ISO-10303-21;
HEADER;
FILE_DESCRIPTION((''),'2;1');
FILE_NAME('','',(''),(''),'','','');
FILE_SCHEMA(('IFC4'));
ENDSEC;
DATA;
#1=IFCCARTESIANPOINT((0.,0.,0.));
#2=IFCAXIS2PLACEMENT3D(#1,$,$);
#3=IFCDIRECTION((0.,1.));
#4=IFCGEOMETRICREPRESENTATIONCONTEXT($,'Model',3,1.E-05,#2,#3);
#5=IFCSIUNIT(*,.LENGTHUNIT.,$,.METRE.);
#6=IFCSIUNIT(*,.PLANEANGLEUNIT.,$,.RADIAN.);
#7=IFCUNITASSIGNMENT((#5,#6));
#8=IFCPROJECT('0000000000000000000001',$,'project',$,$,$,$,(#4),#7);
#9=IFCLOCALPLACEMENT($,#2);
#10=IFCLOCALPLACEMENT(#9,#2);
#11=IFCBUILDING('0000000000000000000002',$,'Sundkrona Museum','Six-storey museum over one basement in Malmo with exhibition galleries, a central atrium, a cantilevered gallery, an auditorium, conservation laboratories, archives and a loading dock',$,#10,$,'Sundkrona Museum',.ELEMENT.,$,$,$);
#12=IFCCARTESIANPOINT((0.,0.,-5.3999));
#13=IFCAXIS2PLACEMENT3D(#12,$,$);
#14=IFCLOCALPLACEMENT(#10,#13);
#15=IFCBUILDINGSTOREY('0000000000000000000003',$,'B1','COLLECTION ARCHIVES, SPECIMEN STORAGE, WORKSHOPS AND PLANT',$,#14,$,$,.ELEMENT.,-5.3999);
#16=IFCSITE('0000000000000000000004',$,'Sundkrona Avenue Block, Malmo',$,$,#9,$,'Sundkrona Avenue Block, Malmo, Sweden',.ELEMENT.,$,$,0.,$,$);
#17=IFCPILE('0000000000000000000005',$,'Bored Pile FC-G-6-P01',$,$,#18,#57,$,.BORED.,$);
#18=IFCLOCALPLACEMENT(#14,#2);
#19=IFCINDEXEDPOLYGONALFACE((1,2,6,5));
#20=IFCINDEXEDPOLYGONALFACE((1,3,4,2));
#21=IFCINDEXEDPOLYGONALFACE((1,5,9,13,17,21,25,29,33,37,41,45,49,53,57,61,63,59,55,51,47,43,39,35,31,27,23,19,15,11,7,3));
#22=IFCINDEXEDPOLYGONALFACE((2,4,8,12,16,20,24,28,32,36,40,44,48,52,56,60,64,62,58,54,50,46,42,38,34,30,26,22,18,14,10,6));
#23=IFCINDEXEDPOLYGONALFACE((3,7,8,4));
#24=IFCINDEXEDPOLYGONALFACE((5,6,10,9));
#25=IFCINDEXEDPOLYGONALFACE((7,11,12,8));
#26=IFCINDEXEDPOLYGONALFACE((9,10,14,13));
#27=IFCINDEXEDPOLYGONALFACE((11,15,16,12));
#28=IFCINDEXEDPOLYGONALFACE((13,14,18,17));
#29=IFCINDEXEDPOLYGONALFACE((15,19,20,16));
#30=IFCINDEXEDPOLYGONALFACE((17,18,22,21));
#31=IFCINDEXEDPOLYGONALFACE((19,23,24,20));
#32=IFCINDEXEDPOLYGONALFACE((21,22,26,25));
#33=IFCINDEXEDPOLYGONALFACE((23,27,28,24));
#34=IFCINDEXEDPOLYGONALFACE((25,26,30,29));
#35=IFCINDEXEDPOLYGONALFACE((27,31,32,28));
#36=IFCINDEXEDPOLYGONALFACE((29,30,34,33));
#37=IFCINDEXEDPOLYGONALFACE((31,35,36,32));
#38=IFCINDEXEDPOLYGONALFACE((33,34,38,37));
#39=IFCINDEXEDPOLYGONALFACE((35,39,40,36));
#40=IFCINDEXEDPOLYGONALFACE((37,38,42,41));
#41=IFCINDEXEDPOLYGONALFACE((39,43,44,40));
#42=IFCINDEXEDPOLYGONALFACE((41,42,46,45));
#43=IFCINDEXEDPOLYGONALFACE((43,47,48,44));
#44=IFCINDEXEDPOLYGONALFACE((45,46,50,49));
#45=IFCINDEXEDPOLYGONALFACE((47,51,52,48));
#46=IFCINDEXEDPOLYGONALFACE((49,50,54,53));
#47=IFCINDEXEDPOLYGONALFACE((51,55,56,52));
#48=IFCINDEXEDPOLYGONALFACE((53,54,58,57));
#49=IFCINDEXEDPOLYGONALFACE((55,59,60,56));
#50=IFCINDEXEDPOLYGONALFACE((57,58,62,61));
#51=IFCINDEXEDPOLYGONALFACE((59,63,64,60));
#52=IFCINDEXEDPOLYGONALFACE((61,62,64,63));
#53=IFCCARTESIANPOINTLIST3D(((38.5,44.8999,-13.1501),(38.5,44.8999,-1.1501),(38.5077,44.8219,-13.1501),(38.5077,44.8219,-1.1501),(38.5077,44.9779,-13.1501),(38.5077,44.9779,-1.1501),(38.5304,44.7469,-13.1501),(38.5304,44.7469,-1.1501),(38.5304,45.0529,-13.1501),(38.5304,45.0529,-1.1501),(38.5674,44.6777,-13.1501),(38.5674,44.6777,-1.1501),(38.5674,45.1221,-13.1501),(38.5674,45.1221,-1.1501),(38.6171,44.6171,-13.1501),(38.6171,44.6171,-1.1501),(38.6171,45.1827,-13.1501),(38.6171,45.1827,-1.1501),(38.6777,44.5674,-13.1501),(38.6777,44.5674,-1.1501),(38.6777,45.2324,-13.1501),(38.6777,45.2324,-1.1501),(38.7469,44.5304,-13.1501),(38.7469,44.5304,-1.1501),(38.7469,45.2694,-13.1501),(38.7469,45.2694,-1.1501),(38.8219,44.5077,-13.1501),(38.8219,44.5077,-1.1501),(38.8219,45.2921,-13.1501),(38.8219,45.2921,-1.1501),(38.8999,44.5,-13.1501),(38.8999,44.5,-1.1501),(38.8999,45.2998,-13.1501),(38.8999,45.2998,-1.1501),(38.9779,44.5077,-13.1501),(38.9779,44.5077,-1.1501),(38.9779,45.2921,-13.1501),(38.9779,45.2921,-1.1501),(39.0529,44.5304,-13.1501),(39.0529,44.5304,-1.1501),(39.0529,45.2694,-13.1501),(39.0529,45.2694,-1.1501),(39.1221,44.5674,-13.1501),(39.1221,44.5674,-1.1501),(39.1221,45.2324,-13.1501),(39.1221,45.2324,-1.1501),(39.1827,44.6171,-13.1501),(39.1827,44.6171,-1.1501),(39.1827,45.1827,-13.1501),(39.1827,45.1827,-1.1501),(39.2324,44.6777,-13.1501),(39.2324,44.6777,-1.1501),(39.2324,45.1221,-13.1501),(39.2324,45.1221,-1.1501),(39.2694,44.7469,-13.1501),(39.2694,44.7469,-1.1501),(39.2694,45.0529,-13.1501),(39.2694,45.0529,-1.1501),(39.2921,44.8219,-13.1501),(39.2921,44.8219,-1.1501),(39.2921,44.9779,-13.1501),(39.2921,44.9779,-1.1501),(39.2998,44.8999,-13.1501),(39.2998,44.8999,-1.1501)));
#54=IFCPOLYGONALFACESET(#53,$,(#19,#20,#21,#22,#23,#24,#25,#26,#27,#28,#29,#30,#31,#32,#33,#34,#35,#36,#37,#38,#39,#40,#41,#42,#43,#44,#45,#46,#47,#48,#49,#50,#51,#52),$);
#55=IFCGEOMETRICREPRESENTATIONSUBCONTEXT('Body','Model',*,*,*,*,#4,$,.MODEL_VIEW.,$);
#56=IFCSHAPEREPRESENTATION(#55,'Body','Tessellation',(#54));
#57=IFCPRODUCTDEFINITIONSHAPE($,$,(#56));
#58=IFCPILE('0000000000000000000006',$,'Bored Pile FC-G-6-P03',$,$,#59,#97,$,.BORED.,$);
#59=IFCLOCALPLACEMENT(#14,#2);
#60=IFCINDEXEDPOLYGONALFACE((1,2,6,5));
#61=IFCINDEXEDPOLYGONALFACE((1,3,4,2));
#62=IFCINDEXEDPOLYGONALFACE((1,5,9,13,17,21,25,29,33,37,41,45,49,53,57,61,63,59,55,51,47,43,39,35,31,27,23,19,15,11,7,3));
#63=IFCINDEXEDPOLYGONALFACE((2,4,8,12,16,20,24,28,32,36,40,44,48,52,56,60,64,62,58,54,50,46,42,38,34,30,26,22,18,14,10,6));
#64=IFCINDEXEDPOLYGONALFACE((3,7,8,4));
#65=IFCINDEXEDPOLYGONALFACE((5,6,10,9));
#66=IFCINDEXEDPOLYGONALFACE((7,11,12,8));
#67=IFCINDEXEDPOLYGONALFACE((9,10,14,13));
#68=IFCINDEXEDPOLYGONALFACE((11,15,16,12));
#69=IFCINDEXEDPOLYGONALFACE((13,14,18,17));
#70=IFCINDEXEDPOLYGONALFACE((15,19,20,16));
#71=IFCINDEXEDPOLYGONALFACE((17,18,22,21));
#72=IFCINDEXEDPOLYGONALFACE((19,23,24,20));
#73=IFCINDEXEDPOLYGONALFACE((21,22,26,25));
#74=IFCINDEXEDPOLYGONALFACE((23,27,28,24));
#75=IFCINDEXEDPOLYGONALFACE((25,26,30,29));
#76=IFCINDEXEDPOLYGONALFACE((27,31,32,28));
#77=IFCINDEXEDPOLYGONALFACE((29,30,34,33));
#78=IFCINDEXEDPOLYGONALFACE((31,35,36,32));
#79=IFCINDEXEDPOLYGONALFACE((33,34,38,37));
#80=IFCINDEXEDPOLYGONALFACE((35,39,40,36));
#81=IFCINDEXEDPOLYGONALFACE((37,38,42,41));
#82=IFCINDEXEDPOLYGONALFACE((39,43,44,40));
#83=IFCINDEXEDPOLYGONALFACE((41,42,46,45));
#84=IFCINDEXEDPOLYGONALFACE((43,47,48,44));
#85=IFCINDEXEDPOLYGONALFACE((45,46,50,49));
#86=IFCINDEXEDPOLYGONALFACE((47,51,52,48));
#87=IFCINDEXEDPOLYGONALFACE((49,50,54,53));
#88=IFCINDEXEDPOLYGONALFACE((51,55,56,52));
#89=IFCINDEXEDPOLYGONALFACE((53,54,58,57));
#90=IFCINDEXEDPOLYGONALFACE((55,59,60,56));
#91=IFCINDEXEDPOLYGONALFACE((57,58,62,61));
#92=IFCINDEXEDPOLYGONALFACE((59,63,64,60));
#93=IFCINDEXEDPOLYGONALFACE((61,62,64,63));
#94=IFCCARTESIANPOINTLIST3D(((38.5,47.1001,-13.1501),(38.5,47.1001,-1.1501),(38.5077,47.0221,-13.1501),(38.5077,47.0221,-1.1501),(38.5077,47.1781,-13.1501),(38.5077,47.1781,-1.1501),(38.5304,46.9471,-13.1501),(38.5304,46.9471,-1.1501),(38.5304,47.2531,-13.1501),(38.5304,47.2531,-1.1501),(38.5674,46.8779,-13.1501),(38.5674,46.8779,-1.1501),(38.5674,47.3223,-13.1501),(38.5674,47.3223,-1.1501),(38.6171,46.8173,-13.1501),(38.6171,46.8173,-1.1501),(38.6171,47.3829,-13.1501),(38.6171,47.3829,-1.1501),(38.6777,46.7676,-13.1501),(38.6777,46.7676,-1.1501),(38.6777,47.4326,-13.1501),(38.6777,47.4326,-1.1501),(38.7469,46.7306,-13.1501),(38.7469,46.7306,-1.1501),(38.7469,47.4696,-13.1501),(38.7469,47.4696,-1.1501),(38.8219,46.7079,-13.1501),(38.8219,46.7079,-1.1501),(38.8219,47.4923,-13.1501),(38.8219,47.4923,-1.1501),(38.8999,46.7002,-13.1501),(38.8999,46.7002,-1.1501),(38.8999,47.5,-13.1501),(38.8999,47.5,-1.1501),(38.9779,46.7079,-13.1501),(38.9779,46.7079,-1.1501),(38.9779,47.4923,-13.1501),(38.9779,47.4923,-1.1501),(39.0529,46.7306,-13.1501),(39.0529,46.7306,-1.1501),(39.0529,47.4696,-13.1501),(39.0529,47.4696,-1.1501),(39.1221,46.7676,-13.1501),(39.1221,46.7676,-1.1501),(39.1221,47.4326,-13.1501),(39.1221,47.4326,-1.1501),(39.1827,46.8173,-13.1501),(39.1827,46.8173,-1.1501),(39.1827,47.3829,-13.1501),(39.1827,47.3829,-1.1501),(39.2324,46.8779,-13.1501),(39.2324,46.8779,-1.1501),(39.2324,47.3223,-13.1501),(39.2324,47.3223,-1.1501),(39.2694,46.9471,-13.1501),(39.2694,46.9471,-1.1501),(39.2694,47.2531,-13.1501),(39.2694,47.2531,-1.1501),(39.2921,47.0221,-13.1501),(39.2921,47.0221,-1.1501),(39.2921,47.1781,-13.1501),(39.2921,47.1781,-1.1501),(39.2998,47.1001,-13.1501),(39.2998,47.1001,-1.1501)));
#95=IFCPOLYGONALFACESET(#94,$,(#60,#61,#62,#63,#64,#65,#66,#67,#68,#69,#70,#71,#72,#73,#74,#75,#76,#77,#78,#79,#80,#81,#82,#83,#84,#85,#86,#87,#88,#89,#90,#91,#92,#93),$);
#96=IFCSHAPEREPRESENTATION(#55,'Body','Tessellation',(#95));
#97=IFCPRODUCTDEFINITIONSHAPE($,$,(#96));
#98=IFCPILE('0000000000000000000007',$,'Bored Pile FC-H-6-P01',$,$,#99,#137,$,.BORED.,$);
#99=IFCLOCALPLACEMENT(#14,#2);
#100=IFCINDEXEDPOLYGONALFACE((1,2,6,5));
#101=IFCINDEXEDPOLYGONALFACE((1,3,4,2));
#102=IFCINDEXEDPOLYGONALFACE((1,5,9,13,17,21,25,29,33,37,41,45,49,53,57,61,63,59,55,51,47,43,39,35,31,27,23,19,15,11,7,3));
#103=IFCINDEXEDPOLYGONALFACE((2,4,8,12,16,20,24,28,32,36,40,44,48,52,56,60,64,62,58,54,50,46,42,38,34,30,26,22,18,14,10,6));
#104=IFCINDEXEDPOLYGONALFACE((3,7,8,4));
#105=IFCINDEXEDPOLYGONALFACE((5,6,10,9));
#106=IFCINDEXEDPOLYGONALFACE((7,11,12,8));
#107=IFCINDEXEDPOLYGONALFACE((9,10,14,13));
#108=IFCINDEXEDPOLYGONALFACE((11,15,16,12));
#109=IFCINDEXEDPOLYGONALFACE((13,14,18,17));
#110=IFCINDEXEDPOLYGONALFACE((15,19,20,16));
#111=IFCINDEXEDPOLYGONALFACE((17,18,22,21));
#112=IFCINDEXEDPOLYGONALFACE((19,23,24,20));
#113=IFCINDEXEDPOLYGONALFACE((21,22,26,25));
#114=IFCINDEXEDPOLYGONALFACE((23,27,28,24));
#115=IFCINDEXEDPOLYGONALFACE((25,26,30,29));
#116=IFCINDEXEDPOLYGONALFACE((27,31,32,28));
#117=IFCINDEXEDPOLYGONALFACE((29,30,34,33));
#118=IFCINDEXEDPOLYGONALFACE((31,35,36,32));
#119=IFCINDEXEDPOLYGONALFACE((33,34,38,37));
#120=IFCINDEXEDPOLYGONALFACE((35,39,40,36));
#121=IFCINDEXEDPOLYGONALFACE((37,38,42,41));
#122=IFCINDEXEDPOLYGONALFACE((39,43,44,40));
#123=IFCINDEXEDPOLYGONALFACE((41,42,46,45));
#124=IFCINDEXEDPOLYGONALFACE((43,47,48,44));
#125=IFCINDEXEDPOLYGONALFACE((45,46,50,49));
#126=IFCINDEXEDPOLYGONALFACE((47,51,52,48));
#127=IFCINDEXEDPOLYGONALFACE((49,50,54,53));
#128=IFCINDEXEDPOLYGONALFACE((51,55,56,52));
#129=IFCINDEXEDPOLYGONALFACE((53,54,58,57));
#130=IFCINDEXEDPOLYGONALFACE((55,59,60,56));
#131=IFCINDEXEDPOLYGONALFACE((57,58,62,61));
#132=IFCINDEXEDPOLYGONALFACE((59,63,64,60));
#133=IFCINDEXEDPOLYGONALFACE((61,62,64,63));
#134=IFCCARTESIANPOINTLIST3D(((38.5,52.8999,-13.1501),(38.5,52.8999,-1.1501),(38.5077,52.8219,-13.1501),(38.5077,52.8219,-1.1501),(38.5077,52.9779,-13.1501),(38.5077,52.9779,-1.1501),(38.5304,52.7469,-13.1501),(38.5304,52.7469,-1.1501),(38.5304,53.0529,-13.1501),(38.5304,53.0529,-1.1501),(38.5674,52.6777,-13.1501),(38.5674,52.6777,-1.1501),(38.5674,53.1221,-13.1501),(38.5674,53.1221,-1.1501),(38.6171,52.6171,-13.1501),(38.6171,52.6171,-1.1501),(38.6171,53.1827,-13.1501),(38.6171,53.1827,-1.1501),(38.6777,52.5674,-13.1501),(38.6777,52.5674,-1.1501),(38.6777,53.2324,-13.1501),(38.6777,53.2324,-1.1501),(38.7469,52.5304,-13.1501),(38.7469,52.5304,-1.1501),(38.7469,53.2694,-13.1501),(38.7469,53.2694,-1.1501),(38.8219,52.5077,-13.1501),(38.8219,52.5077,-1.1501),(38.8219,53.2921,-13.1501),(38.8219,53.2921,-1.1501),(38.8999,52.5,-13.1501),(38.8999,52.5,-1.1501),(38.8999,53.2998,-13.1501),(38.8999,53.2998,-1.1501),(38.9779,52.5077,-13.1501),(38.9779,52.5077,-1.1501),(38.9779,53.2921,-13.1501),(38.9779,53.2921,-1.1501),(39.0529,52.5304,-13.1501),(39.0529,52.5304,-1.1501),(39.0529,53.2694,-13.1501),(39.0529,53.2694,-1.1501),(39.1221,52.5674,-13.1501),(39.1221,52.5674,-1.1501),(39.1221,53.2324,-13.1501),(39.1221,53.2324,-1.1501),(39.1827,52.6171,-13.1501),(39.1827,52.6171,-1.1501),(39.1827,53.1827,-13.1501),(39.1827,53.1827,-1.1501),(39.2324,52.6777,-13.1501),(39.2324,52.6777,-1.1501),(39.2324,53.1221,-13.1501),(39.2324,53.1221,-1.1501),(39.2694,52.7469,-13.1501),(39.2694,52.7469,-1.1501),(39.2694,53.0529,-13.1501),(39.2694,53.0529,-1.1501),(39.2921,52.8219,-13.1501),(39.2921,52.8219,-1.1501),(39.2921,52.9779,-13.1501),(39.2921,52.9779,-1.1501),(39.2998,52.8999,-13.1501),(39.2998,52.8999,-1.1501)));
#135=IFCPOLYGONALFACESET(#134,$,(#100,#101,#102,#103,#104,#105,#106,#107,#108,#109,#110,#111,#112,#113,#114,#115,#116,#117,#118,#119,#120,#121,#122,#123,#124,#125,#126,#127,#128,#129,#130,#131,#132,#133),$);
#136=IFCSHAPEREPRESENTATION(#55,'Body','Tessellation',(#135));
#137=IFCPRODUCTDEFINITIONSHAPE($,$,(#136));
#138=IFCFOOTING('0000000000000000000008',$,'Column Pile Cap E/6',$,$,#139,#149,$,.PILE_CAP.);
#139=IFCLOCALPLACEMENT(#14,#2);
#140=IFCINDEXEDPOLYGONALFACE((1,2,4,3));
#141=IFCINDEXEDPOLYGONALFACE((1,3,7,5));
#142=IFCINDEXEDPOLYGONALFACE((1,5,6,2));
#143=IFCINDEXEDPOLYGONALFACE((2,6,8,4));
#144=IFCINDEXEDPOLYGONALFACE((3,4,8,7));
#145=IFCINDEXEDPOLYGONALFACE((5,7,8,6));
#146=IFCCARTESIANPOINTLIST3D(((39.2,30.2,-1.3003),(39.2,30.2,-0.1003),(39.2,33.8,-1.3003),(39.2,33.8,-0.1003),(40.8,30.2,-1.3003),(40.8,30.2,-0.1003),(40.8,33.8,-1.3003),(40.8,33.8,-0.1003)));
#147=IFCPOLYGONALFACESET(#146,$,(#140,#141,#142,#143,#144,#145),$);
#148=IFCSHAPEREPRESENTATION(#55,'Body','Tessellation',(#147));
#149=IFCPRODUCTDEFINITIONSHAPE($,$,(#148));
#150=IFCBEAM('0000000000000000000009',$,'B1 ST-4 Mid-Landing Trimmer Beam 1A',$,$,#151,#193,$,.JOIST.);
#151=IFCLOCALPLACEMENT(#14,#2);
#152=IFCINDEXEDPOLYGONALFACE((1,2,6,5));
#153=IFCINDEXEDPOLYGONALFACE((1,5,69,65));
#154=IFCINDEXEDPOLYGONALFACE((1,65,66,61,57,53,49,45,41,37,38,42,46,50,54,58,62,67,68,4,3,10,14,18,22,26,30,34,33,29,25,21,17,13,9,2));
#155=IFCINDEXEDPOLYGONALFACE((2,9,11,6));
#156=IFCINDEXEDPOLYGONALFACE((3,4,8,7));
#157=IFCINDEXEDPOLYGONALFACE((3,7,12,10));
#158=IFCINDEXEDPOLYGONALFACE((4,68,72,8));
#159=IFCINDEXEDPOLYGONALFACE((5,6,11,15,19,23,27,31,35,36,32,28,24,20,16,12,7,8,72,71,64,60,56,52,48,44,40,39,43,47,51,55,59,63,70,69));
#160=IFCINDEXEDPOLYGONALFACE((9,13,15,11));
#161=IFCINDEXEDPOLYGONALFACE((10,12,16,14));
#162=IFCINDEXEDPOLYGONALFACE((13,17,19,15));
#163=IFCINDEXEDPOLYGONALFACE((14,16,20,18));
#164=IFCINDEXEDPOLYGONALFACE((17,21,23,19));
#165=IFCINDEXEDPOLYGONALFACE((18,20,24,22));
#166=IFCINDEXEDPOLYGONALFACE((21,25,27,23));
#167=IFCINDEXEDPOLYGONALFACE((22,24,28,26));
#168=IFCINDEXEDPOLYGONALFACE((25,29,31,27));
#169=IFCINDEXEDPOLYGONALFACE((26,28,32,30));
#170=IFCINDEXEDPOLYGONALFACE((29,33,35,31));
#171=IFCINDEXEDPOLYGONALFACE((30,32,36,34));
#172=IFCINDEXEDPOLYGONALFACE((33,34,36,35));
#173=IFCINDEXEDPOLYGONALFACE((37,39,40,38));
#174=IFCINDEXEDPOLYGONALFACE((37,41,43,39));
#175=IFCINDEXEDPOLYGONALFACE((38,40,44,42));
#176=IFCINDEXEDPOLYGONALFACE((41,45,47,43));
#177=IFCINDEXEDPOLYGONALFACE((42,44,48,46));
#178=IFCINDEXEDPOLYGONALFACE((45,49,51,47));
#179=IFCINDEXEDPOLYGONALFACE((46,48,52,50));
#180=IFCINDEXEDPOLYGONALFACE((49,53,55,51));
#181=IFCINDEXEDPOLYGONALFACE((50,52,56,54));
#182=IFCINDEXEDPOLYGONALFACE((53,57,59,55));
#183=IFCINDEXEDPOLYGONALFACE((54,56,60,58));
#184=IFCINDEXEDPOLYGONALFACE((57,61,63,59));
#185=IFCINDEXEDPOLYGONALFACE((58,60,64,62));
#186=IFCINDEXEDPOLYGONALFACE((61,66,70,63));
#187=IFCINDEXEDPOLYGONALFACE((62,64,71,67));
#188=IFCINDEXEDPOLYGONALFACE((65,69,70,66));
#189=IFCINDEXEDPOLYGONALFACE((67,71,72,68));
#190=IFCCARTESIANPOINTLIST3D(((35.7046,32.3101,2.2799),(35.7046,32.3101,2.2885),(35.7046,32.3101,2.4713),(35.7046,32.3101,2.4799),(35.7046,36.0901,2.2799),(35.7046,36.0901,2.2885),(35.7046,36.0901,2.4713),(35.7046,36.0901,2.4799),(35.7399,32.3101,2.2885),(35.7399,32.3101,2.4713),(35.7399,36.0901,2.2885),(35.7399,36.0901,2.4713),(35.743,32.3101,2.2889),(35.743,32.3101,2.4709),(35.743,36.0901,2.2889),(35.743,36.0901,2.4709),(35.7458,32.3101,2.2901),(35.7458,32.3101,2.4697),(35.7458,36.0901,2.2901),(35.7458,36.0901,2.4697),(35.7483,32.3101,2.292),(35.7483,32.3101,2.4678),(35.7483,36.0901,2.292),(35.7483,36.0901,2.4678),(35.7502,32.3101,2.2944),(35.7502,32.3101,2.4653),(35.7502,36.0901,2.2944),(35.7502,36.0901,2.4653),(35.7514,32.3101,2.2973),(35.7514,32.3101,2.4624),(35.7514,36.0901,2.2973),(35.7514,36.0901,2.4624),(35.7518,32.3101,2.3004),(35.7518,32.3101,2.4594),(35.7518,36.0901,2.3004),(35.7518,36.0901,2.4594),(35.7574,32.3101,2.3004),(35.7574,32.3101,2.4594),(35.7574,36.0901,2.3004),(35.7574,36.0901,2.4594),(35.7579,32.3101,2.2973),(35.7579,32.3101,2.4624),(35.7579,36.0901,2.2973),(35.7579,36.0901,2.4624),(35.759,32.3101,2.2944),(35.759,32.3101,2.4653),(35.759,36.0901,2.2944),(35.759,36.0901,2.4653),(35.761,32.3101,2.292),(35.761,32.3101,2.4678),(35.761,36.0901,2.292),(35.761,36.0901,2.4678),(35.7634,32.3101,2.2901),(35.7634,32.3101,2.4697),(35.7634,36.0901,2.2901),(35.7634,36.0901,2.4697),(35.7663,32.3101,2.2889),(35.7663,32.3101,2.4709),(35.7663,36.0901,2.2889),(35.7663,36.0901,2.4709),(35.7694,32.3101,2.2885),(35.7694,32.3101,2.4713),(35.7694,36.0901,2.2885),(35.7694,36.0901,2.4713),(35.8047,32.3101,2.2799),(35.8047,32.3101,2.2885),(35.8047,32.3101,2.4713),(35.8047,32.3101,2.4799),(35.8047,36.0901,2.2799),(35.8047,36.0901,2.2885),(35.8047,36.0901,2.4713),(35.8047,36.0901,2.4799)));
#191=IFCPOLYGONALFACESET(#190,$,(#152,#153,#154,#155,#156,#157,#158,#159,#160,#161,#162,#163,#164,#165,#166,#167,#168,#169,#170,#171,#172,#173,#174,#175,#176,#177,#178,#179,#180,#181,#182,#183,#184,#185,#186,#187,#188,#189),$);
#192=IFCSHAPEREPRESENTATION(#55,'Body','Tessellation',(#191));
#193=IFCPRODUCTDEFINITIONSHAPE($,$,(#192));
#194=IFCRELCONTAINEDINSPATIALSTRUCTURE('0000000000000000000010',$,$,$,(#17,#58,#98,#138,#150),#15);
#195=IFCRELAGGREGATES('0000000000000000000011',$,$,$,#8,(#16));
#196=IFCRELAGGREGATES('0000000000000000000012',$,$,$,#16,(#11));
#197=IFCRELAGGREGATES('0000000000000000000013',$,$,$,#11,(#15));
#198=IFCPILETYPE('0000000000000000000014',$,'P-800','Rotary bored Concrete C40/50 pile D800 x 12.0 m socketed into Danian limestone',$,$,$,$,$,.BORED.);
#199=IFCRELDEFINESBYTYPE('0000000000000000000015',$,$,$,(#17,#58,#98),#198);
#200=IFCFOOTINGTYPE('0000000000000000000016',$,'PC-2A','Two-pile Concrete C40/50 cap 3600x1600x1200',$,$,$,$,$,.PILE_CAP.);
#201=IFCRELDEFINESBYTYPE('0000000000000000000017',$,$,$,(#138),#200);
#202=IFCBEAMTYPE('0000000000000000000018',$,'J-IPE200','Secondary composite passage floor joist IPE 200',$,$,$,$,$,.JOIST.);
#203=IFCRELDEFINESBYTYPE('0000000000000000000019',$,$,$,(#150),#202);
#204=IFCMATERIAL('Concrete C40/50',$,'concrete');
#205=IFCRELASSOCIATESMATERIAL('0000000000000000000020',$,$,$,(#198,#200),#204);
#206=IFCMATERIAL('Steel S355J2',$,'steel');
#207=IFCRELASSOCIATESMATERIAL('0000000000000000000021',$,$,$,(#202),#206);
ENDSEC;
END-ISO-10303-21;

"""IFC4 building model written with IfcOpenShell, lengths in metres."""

from ifc_helpers import new_model, si_unit, direction, frame, origin, origin_2d, place, context, subcontext, project, spatial, rectangle, circle, i_section, extrude, material, material_profile, profile_set, type_object, element, save


model = new_model("IFC4")

# Units and contexts
model_context = context("Model", 3, precision=1e-05, world=origin(), true_north=direction((0.0, 1.0)))
body_context = subcontext(model_context, "Body", "Model", "MODEL_VIEW")
ifc_project = project(units=[si_unit("LENGTHUNIT", "METRE"), si_unit("PLANEANGLEUNIT", "RADIAN")], contexts=[model_context])

# Site, building, storey
site_placement = place(None, origin())
site = spatial("IfcSite", under=ifc_project, at=site_placement, Name="Sundkrona Avenue Block, Malmo", LongName="Sundkrona Avenue Block, Malmo, Sweden", CompositionType="ELEMENT", RefElevation=0.0)
building_placement = place(site_placement, origin())
building = spatial("IfcBuilding", under=site, at=building_placement, Name="Sundkrona Museum", Description="Six-storey museum over one basement in Malmo with exhibition galleries, a central atrium, a cantilevered gallery, an auditorium, conservation laboratories, archives and a loading dock", LongName="Sundkrona Museum", CompositionType="ELEMENT")
storey_placement = place(building_placement, frame((0.0, 0.0, -5.3999)))
storey = spatial("IfcBuildingStorey", under=building, at=storey_placement, Name="B1", Description="COLLECTION ARCHIVES, SPECIMEN STORAGE, WORKSHOPS AND PLANT", CompositionType="ELEMENT", Elevation=-5.3999)

# Shared definitions
ifc_material_1 = material(Name="Concrete C40/50", Category="concrete")

# Piles
ifc_material_profile_1 = material_profile(ifc_material_1, circle(Radius=0.3999, at=origin_2d()), Name="PILE D800")
ifc_profile_set_1 = profile_set([ifc_material_profile_1], Name="Concrete C40/50")
pile_type_1 = type_object("IfcPileType", Name="P-800", Description="Rotary bored Concrete C40/50 pile D800 x 12.0 m socketed into Danian limestone", PredefinedType="BORED", material=ifc_profile_set_1)
for number, where, z_axis, x_axis, name in (
    (1, (38.8999, 44.8999, -1.1501), (0.0, 0.0, -1.0), (1.0, 0.0, 0.0), "Bored Pile FC-G-6-P01"),
    (2, (38.8999, 47.1001, -1.1501), (0.0, 0.0, -1.0), (1.0, 0.0, 0.0), "Bored Pile FC-G-6-P03"),
    (3, (38.8999, 52.8999, -1.1501), (0.0, 0.0, -1.0), (1.0, 0.0, 0.0), "Bored Pile FC-H-6-P01"),
):
    element("IfcPile", number, at=place(storey_placement, frame(where, z_axis=z_axis, x_axis=x_axis)), inside=storey, type_object=pile_type_1, Name=name, PredefinedType="BORED", context=body_context, shape_type="SweptSolid", body=[
        extrude(circle(Radius=0.3999, at=origin_2d()), origin(), (0.0, 0.0, 1.0), 12.0),
    ])

# Footing
footing_type_1 = type_object("IfcFootingType", Name="PC-2A", Description="Two-pile Concrete C40/50 cap 3600x1600x1200", PredefinedType="PILE_CAP", material=ifc_material_1)
footing_1_placement = place(storey_placement, frame((40.0, 32.0, -1.3003), z_axis=(0.0, 0.0, 1.0), x_axis=(0.0, 1.0, 0.0)))
element("IfcFooting", 4, at=footing_1_placement, inside=storey, type_object=footing_type_1, Name="Column Pile Cap E/6", PredefinedType="PILE_CAP", context=body_context, shape_type="SweptSolid", body=[
    extrude(rectangle(XDim=3.6001, YDim=1.6001, at=origin_2d()), origin(), (0.0, 0.0, 1.0), 1.2),
])

# Beam
ifc_material_2 = material(Name="Steel S355J2", Category="steel")
ifc_material_profile_2 = material_profile(ifc_material_2, i_section(OverallWidth=0.1001, OverallDepth=0.2, WebThickness=0.0056, FlangeThickness=0.0085, FilletRadius=0.012, at=origin_2d()), Name="IPE 200")
ifc_profile_set_2 = profile_set([ifc_material_profile_2], Name="Steel S355J2")
beam_type_1 = type_object("IfcBeamType", Name="J-IPE200", Description="Secondary composite passage floor joist IPE 200", PredefinedType="JOIST", material=ifc_profile_set_2)
for number, where, z_axis, x_axis, name in (
    (5, (35.7546, 32.3101, 2.3799), (0.0, 1.0, 0.0), (-1.0, 0.0, 0.0), "B1 ST-4 Mid-Landing Trimmer Beam 1A"),
):
    element("IfcBeam", number, at=place(storey_placement, frame(where, z_axis=z_axis, x_axis=x_axis)), inside=storey, type_object=beam_type_1, Name=name, PredefinedType="JOIST", context=body_context, shape_type="SweptSolid", body=[
        extrude(i_section(OverallWidth=0.1001, OverallDepth=0.2, WebThickness=0.0056, FlangeThickness=0.0085, FilletRadius=0.012, at=origin_2d()), origin(), (0.0, 0.0, 1.0), 3.78),
    ])

save(model, "model.ifc")
